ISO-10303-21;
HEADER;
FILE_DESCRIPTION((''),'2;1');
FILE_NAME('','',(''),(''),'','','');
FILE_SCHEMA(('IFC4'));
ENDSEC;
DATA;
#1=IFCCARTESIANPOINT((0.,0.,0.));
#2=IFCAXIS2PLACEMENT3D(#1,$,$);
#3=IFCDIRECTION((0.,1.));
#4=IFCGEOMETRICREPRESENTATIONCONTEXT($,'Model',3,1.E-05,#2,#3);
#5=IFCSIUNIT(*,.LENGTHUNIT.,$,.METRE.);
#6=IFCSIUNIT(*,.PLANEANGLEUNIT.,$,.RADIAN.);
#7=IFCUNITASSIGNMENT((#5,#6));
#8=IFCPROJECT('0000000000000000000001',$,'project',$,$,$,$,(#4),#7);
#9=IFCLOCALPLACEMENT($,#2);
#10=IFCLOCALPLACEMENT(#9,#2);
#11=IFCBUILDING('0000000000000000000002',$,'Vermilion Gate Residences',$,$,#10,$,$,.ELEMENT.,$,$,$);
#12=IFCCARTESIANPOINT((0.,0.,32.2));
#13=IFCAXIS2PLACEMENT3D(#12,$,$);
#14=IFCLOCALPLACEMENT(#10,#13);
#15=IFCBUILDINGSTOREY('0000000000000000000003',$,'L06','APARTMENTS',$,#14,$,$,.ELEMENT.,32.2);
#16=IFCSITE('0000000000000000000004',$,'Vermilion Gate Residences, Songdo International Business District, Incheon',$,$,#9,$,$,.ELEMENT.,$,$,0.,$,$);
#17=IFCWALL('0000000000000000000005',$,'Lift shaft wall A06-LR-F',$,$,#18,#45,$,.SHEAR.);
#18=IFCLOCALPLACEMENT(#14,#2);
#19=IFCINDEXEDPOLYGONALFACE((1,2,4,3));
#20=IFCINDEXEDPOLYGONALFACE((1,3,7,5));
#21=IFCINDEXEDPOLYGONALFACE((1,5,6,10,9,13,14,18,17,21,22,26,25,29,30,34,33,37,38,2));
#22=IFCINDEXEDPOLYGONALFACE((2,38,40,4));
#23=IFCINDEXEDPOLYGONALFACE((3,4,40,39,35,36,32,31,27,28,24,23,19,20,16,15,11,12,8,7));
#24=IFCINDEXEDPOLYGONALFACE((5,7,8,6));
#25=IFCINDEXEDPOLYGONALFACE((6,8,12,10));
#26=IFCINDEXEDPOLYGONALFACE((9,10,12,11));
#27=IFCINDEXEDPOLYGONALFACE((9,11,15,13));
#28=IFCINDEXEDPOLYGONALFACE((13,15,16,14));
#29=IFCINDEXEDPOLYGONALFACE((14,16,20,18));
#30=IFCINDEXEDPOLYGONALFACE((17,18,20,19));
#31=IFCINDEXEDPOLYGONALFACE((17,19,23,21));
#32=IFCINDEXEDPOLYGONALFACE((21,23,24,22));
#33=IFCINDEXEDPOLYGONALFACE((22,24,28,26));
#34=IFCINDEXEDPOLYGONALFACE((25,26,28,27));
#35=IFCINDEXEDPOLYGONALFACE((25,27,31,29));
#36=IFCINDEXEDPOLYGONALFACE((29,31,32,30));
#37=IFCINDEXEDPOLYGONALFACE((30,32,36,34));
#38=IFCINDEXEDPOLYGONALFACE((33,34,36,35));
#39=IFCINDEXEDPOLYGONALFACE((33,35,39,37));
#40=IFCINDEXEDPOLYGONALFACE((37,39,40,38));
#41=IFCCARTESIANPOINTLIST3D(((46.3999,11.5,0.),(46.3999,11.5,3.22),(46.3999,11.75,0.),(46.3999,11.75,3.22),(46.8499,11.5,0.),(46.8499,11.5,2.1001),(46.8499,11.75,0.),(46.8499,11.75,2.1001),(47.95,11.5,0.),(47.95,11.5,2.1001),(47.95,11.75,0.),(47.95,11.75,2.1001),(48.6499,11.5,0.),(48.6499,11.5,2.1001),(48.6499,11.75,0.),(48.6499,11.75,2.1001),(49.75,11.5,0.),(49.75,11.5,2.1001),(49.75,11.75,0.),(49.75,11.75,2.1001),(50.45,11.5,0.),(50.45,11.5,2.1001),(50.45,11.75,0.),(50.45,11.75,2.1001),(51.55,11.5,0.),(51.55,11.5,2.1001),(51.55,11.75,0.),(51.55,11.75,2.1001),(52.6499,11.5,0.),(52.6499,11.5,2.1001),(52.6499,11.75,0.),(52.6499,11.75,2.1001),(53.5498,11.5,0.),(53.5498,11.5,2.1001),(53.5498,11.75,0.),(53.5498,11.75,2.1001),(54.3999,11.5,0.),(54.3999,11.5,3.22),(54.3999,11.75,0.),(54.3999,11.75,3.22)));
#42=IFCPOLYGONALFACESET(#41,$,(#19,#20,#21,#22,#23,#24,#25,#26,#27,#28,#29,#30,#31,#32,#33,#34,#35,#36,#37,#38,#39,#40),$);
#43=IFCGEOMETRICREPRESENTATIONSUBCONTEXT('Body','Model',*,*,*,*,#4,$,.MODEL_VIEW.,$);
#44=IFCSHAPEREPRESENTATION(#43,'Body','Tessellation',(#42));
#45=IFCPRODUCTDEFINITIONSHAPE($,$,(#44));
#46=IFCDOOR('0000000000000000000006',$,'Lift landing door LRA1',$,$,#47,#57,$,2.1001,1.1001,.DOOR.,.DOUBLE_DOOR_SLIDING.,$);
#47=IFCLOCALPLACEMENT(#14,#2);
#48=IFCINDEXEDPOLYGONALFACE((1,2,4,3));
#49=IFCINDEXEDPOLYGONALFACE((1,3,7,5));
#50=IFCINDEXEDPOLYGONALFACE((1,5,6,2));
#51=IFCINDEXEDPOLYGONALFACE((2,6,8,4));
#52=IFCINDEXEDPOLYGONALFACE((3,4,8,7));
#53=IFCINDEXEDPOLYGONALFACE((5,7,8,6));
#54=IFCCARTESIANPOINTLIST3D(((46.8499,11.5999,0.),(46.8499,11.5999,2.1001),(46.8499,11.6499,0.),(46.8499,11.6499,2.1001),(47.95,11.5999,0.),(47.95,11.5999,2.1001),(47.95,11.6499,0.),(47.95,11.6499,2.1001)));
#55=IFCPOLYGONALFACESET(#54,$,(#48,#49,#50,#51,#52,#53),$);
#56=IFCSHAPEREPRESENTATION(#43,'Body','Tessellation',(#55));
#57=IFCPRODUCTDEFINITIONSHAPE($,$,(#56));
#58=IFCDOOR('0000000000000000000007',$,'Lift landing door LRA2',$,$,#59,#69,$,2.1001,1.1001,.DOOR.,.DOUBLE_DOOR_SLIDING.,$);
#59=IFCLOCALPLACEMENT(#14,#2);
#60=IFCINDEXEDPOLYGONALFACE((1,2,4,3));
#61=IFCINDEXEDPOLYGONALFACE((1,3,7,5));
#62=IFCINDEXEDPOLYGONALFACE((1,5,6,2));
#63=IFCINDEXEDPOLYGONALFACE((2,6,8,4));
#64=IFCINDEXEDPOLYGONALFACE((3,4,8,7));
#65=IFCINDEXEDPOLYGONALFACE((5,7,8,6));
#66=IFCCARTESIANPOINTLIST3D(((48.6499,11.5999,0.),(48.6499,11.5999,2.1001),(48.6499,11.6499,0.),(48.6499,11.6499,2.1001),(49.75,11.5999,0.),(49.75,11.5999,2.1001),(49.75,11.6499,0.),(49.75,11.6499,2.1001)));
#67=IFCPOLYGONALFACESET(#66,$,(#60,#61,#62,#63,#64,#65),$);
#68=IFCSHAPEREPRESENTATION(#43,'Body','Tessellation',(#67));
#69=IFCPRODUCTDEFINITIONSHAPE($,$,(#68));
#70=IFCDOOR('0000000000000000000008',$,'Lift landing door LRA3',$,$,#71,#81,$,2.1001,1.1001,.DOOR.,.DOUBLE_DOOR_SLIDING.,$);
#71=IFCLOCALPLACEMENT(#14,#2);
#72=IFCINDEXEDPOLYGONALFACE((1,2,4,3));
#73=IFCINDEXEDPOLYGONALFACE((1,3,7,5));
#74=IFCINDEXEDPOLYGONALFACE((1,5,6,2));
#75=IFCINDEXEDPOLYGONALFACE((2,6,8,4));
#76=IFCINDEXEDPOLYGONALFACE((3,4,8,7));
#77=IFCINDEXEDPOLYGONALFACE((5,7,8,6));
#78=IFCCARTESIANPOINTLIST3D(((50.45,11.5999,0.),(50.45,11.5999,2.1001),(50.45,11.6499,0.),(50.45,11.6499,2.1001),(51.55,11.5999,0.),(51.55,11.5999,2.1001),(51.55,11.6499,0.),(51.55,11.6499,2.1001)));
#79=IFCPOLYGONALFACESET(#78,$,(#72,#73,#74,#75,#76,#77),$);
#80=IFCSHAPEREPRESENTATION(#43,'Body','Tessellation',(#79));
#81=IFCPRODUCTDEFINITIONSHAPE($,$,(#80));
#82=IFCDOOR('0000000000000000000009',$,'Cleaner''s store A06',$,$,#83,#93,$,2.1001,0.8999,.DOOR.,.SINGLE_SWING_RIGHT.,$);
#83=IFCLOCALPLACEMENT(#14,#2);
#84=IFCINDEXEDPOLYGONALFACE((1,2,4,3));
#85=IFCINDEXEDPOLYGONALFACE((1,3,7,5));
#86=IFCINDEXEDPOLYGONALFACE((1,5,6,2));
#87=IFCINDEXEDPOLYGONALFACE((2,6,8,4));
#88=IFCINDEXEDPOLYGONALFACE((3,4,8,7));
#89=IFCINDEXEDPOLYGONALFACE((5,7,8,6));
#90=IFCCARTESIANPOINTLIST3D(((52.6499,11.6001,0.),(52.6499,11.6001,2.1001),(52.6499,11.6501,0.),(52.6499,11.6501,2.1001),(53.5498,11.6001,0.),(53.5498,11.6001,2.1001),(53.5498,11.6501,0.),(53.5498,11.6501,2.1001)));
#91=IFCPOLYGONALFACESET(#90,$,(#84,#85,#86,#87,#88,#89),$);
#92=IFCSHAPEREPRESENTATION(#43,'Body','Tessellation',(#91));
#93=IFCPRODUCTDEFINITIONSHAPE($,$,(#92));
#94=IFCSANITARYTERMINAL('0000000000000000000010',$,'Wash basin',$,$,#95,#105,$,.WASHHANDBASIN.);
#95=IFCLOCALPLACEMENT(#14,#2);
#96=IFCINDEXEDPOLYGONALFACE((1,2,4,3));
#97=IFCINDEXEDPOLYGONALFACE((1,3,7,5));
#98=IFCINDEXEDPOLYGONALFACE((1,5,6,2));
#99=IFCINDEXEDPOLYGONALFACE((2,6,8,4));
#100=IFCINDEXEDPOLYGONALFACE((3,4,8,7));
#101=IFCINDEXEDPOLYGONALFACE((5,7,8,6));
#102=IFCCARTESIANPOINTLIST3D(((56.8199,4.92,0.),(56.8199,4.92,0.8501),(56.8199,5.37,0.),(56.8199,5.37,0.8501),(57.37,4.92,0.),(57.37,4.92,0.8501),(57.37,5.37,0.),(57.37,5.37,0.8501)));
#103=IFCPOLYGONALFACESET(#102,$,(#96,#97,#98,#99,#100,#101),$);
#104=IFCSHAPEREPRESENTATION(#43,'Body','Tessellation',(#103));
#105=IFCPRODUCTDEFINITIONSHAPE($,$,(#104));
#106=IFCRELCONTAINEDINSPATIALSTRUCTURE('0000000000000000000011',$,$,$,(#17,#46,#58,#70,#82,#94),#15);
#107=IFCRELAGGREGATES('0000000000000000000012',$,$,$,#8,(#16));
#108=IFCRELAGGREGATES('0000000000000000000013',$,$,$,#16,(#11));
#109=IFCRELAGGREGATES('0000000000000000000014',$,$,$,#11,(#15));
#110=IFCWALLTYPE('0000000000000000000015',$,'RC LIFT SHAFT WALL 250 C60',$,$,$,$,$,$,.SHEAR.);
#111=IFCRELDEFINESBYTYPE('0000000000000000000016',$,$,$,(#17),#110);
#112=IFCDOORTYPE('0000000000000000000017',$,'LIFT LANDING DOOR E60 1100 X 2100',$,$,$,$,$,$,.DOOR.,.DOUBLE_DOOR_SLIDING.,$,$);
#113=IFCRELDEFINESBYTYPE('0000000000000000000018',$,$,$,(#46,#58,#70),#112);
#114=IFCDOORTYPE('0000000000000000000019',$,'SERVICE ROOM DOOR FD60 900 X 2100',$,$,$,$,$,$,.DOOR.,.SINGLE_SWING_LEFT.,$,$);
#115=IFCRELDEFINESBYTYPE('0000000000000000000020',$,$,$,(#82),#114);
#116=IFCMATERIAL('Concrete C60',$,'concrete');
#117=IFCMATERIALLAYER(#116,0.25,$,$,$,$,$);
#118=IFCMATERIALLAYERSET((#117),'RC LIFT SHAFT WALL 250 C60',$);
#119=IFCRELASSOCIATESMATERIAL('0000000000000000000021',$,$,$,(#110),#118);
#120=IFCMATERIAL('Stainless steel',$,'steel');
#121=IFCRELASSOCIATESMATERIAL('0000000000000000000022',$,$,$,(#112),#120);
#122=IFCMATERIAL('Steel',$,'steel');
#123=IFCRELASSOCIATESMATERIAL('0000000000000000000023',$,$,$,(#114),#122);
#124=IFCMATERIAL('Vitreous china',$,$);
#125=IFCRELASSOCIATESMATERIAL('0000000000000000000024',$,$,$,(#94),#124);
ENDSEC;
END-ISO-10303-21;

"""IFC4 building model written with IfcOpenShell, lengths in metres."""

from ifc_helpers import new_model, si_unit, direction, frame, frame_2d, origin, origin_2d, place, context, subcontext, project, spatial, rectangle, extrude, material, layer, layer_set, type_object, element, fill, save


model = new_model("IFC4")

# Units and contexts
model_context = context("Model", 3, precision=1e-05, world=origin(), true_north=direction((0.0, 1.0)))
body_context = subcontext(model_context, "Body", "Model", "MODEL_VIEW")
ifc_project = project(units=[si_unit("LENGTHUNIT", "METRE"), si_unit("PLANEANGLEUNIT", "RADIAN")], contexts=[model_context])

# Site, building, storey
site_placement = place(None, origin())
site = spatial("IfcSite", under=ifc_project, at=site_placement, Name="Vermilion Gate Residences, Songdo International Business District, Incheon", CompositionType="ELEMENT", RefElevation=0.0)
building_placement = place(site_placement, origin())
building = spatial("IfcBuilding", under=site, at=building_placement, Name="Vermilion Gate Residences", CompositionType="ELEMENT")
storey_placement = place(building_placement, frame((0.0, 0.0, 32.2)))
storey = spatial("IfcBuildingStorey", under=building, at=storey_placement, Name="L06", Description="APARTMENTS", CompositionType="ELEMENT", Elevation=32.2)

# Wall, openings, doors
ifc_material_1 = material(Name="Concrete C60", Category="concrete")
ifc_layer_1 = layer(ifc_material_1, 0.25)
ifc_layer_set_1 = layer_set([ifc_layer_1], Name="RC LIFT SHAFT WALL 250 C60")
wall_type_1 = type_object("IfcWallType", Name="RC LIFT SHAFT WALL 250 C60", PredefinedType="SHEAR", material=ifc_layer_set_1)
wall_1_placement = place(storey_placement, frame((46.3999, 11.625, 0.0), z_axis=(0.0, 0.0, 1.0), x_axis=(1.0, 0.0, 0.0)))
wall_1 = element("IfcWall", 1, at=wall_1_placement, inside=storey, type_object=wall_type_1, Name="Lift shaft wall A06-LR-F", PredefinedType="SHEAR", context=body_context, shape_type="SweptSolid", body=[
    extrude(rectangle(XDim=8.0, YDim=0.25, at=frame_2d((4.0, 0.0))), origin(), (0.0, 0.0, 1.0), 3.22),
])
opening_1_placement = place(wall_1_placement, frame((0.45, 0.0, 0.0)))
opening_1 = element("IfcOpeningElement", 2, at=opening_1_placement, cuts=wall_1, PredefinedType="OPENING", context=body_context, shape_type="SweptSolid", body=[
    extrude(rectangle(XDim=1.1001, YDim=2.1001, at=frame_2d((0.55, 1.05))), frame((0.0, 0.135, 0.0), z_axis=(0.0, -1.0, 0.0), x_axis=(1.0, 0.0, 0.0)), (0.0, 0.0, 1.0), 0.27),
])
opening_2_placement = place(wall_1_placement, frame((2.25, 0.0, 0.0)))
opening_2 = element("IfcOpeningElement", 3, at=opening_2_placement, cuts=wall_1, PredefinedType="OPENING", context=body_context, shape_type="SweptSolid", body=[
    extrude(rectangle(XDim=1.1001, YDim=2.1001, at=frame_2d((0.55, 1.05))), frame((0.0, 0.135, 0.0), z_axis=(0.0, -1.0, 0.0), x_axis=(1.0, 0.0, 0.0)), (0.0, 0.0, 1.0), 0.27),
])
opening_3_placement = place(wall_1_placement, frame((4.05, 0.0, 0.0)))
opening_3 = element("IfcOpeningElement", 4, at=opening_3_placement, cuts=wall_1, PredefinedType="OPENING", context=body_context, shape_type="SweptSolid", body=[
    extrude(rectangle(XDim=1.1001, YDim=2.1001, at=frame_2d((0.55, 1.05))), frame((0.0, 0.135, 0.0), z_axis=(0.0, -1.0, 0.0), x_axis=(1.0, 0.0, 0.0)), (0.0, 0.0, 1.0), 0.27),
])
opening_4_placement = place(wall_1_placement, frame((6.25, 0.0, 0.0)))
opening_4 = element("IfcOpeningElement", 5, at=opening_4_placement, cuts=wall_1, PredefinedType="OPENING", context=body_context, shape_type="SweptSolid", body=[
    extrude(rectangle(XDim=0.8999, YDim=2.1001, at=frame_2d((0.45, 1.05))), frame((0.0, 0.135, 0.0), z_axis=(0.0, -1.0, 0.0), x_axis=(1.0, 0.0, 0.0)), (0.0, 0.0, 1.0), 0.27),
])
ifc_material_2 = material(Name="Stainless steel", Category="steel")
door_type_1 = type_object("IfcDoorType", Name="LIFT LANDING DOOR E60 1100 X 2100", OperationType="DOUBLE_DOOR_SLIDING", PredefinedType="DOOR", material=ifc_material_2)
door_1_placement = place(opening_1_placement, origin())
door_1 = element("IfcDoor", 6, at=door_1_placement, inside=storey, type_object=door_type_1, Name="Lift landing door LRA1", OperationType="DOUBLE_DOOR_SLIDING", OverallHeight=2.1001, OverallWidth=1.1001, PredefinedType="DOOR", context=body_context, shape_type="SweptSolid", body=[
    extrude(rectangle(XDim=1.1001, YDim=2.1001, at=frame_2d((0.55, 1.05))), frame((0.0, 0.0249, 0.0), z_axis=(0.0, -1.0, 0.0), x_axis=(1.0, 0.0, 0.0)), (0.0, 0.0, 1.0), 0.05),
])
fill(opening_1, door_1)
door_2_placement = place(opening_2_placement, origin())
door_2 = element("IfcDoor", 7, at=door_2_placement, inside=storey, type_object=door_type_1, Name="Lift landing door LRA2", OperationType="DOUBLE_DOOR_SLIDING", OverallHeight=2.1001, OverallWidth=1.1001, PredefinedType="DOOR", context=body_context, shape_type="SweptSolid", body=[
    extrude(rectangle(XDim=1.1001, YDim=2.1001, at=frame_2d((0.55, 1.05))), frame((0.0, 0.0249, 0.0), z_axis=(0.0, -1.0, 0.0), x_axis=(1.0, 0.0, 0.0)), (0.0, 0.0, 1.0), 0.05),
])
fill(opening_2, door_2)
door_3_placement = place(opening_3_placement, origin())
door_3 = element("IfcDoor", 8, at=door_3_placement, inside=storey, type_object=door_type_1, Name="Lift landing door LRA3", OperationType="DOUBLE_DOOR_SLIDING", OverallHeight=2.1001, OverallWidth=1.1001, PredefinedType="DOOR", context=body_context, shape_type="SweptSolid", body=[
    extrude(rectangle(XDim=1.1001, YDim=2.1001, at=frame_2d((0.55, 1.05))), frame((0.0, 0.0249, 0.0), z_axis=(0.0, -1.0, 0.0), x_axis=(1.0, 0.0, 0.0)), (0.0, 0.0, 1.0), 0.05),
])
fill(opening_3, door_3)
ifc_material_3 = material(Name="Steel", Category="steel")
door_type_2 = type_object("IfcDoorType", Name="SERVICE ROOM DOOR FD60 900 X 2100", OperationType="SINGLE_SWING_LEFT", PredefinedType="DOOR", material=ifc_material_3)
door_4_placement = place(opening_4_placement, frame((0.8999, 0.0, 0.0), z_axis=(0.0, 0.0, 1.0), x_axis=(-1.0, 0.0, 0.0)))
door_4 = element("IfcDoor", 9, at=door_4_placement, inside=storey, type_object=door_type_2, Name="Cleaner's store A06", OperationType="SINGLE_SWING_RIGHT", OverallHeight=2.1001, OverallWidth=0.8999, PredefinedType="DOOR", context=body_context, shape_type="SweptSolid", body=[
    extrude(rectangle(XDim=0.8999, YDim=2.1001, at=frame_2d((0.45, 1.05))), frame((0.0, 0.0249, 0.0), z_axis=(0.0, -1.0, 0.0), x_axis=(1.0, 0.0, 0.0)), (0.0, 0.0, 1.0), 0.05),
])
fill(opening_4, door_4)

# Sanitary terminal
ifc_material_4 = material(Name="Vitreous china")
sanitary_terminal_placement = place(storey_placement, frame((57.095, 5.145, 0.0), z_axis=(0.0, 0.0, 1.0), x_axis=(1.0, 0.0, 0.0)))
element("IfcSanitaryTerminal", 10, at=sanitary_terminal_placement, inside=storey, material=ifc_material_4, Name="Wash basin", PredefinedType="WASHHANDBASIN", context=body_context, shape_type="SweptSolid", body=[
    extrude(rectangle(XDim=0.55, YDim=0.45, at=origin_2d()), origin(), (0.0, 0.0, 1.0), 0.8501),
])

save(model, "model.ifc")
